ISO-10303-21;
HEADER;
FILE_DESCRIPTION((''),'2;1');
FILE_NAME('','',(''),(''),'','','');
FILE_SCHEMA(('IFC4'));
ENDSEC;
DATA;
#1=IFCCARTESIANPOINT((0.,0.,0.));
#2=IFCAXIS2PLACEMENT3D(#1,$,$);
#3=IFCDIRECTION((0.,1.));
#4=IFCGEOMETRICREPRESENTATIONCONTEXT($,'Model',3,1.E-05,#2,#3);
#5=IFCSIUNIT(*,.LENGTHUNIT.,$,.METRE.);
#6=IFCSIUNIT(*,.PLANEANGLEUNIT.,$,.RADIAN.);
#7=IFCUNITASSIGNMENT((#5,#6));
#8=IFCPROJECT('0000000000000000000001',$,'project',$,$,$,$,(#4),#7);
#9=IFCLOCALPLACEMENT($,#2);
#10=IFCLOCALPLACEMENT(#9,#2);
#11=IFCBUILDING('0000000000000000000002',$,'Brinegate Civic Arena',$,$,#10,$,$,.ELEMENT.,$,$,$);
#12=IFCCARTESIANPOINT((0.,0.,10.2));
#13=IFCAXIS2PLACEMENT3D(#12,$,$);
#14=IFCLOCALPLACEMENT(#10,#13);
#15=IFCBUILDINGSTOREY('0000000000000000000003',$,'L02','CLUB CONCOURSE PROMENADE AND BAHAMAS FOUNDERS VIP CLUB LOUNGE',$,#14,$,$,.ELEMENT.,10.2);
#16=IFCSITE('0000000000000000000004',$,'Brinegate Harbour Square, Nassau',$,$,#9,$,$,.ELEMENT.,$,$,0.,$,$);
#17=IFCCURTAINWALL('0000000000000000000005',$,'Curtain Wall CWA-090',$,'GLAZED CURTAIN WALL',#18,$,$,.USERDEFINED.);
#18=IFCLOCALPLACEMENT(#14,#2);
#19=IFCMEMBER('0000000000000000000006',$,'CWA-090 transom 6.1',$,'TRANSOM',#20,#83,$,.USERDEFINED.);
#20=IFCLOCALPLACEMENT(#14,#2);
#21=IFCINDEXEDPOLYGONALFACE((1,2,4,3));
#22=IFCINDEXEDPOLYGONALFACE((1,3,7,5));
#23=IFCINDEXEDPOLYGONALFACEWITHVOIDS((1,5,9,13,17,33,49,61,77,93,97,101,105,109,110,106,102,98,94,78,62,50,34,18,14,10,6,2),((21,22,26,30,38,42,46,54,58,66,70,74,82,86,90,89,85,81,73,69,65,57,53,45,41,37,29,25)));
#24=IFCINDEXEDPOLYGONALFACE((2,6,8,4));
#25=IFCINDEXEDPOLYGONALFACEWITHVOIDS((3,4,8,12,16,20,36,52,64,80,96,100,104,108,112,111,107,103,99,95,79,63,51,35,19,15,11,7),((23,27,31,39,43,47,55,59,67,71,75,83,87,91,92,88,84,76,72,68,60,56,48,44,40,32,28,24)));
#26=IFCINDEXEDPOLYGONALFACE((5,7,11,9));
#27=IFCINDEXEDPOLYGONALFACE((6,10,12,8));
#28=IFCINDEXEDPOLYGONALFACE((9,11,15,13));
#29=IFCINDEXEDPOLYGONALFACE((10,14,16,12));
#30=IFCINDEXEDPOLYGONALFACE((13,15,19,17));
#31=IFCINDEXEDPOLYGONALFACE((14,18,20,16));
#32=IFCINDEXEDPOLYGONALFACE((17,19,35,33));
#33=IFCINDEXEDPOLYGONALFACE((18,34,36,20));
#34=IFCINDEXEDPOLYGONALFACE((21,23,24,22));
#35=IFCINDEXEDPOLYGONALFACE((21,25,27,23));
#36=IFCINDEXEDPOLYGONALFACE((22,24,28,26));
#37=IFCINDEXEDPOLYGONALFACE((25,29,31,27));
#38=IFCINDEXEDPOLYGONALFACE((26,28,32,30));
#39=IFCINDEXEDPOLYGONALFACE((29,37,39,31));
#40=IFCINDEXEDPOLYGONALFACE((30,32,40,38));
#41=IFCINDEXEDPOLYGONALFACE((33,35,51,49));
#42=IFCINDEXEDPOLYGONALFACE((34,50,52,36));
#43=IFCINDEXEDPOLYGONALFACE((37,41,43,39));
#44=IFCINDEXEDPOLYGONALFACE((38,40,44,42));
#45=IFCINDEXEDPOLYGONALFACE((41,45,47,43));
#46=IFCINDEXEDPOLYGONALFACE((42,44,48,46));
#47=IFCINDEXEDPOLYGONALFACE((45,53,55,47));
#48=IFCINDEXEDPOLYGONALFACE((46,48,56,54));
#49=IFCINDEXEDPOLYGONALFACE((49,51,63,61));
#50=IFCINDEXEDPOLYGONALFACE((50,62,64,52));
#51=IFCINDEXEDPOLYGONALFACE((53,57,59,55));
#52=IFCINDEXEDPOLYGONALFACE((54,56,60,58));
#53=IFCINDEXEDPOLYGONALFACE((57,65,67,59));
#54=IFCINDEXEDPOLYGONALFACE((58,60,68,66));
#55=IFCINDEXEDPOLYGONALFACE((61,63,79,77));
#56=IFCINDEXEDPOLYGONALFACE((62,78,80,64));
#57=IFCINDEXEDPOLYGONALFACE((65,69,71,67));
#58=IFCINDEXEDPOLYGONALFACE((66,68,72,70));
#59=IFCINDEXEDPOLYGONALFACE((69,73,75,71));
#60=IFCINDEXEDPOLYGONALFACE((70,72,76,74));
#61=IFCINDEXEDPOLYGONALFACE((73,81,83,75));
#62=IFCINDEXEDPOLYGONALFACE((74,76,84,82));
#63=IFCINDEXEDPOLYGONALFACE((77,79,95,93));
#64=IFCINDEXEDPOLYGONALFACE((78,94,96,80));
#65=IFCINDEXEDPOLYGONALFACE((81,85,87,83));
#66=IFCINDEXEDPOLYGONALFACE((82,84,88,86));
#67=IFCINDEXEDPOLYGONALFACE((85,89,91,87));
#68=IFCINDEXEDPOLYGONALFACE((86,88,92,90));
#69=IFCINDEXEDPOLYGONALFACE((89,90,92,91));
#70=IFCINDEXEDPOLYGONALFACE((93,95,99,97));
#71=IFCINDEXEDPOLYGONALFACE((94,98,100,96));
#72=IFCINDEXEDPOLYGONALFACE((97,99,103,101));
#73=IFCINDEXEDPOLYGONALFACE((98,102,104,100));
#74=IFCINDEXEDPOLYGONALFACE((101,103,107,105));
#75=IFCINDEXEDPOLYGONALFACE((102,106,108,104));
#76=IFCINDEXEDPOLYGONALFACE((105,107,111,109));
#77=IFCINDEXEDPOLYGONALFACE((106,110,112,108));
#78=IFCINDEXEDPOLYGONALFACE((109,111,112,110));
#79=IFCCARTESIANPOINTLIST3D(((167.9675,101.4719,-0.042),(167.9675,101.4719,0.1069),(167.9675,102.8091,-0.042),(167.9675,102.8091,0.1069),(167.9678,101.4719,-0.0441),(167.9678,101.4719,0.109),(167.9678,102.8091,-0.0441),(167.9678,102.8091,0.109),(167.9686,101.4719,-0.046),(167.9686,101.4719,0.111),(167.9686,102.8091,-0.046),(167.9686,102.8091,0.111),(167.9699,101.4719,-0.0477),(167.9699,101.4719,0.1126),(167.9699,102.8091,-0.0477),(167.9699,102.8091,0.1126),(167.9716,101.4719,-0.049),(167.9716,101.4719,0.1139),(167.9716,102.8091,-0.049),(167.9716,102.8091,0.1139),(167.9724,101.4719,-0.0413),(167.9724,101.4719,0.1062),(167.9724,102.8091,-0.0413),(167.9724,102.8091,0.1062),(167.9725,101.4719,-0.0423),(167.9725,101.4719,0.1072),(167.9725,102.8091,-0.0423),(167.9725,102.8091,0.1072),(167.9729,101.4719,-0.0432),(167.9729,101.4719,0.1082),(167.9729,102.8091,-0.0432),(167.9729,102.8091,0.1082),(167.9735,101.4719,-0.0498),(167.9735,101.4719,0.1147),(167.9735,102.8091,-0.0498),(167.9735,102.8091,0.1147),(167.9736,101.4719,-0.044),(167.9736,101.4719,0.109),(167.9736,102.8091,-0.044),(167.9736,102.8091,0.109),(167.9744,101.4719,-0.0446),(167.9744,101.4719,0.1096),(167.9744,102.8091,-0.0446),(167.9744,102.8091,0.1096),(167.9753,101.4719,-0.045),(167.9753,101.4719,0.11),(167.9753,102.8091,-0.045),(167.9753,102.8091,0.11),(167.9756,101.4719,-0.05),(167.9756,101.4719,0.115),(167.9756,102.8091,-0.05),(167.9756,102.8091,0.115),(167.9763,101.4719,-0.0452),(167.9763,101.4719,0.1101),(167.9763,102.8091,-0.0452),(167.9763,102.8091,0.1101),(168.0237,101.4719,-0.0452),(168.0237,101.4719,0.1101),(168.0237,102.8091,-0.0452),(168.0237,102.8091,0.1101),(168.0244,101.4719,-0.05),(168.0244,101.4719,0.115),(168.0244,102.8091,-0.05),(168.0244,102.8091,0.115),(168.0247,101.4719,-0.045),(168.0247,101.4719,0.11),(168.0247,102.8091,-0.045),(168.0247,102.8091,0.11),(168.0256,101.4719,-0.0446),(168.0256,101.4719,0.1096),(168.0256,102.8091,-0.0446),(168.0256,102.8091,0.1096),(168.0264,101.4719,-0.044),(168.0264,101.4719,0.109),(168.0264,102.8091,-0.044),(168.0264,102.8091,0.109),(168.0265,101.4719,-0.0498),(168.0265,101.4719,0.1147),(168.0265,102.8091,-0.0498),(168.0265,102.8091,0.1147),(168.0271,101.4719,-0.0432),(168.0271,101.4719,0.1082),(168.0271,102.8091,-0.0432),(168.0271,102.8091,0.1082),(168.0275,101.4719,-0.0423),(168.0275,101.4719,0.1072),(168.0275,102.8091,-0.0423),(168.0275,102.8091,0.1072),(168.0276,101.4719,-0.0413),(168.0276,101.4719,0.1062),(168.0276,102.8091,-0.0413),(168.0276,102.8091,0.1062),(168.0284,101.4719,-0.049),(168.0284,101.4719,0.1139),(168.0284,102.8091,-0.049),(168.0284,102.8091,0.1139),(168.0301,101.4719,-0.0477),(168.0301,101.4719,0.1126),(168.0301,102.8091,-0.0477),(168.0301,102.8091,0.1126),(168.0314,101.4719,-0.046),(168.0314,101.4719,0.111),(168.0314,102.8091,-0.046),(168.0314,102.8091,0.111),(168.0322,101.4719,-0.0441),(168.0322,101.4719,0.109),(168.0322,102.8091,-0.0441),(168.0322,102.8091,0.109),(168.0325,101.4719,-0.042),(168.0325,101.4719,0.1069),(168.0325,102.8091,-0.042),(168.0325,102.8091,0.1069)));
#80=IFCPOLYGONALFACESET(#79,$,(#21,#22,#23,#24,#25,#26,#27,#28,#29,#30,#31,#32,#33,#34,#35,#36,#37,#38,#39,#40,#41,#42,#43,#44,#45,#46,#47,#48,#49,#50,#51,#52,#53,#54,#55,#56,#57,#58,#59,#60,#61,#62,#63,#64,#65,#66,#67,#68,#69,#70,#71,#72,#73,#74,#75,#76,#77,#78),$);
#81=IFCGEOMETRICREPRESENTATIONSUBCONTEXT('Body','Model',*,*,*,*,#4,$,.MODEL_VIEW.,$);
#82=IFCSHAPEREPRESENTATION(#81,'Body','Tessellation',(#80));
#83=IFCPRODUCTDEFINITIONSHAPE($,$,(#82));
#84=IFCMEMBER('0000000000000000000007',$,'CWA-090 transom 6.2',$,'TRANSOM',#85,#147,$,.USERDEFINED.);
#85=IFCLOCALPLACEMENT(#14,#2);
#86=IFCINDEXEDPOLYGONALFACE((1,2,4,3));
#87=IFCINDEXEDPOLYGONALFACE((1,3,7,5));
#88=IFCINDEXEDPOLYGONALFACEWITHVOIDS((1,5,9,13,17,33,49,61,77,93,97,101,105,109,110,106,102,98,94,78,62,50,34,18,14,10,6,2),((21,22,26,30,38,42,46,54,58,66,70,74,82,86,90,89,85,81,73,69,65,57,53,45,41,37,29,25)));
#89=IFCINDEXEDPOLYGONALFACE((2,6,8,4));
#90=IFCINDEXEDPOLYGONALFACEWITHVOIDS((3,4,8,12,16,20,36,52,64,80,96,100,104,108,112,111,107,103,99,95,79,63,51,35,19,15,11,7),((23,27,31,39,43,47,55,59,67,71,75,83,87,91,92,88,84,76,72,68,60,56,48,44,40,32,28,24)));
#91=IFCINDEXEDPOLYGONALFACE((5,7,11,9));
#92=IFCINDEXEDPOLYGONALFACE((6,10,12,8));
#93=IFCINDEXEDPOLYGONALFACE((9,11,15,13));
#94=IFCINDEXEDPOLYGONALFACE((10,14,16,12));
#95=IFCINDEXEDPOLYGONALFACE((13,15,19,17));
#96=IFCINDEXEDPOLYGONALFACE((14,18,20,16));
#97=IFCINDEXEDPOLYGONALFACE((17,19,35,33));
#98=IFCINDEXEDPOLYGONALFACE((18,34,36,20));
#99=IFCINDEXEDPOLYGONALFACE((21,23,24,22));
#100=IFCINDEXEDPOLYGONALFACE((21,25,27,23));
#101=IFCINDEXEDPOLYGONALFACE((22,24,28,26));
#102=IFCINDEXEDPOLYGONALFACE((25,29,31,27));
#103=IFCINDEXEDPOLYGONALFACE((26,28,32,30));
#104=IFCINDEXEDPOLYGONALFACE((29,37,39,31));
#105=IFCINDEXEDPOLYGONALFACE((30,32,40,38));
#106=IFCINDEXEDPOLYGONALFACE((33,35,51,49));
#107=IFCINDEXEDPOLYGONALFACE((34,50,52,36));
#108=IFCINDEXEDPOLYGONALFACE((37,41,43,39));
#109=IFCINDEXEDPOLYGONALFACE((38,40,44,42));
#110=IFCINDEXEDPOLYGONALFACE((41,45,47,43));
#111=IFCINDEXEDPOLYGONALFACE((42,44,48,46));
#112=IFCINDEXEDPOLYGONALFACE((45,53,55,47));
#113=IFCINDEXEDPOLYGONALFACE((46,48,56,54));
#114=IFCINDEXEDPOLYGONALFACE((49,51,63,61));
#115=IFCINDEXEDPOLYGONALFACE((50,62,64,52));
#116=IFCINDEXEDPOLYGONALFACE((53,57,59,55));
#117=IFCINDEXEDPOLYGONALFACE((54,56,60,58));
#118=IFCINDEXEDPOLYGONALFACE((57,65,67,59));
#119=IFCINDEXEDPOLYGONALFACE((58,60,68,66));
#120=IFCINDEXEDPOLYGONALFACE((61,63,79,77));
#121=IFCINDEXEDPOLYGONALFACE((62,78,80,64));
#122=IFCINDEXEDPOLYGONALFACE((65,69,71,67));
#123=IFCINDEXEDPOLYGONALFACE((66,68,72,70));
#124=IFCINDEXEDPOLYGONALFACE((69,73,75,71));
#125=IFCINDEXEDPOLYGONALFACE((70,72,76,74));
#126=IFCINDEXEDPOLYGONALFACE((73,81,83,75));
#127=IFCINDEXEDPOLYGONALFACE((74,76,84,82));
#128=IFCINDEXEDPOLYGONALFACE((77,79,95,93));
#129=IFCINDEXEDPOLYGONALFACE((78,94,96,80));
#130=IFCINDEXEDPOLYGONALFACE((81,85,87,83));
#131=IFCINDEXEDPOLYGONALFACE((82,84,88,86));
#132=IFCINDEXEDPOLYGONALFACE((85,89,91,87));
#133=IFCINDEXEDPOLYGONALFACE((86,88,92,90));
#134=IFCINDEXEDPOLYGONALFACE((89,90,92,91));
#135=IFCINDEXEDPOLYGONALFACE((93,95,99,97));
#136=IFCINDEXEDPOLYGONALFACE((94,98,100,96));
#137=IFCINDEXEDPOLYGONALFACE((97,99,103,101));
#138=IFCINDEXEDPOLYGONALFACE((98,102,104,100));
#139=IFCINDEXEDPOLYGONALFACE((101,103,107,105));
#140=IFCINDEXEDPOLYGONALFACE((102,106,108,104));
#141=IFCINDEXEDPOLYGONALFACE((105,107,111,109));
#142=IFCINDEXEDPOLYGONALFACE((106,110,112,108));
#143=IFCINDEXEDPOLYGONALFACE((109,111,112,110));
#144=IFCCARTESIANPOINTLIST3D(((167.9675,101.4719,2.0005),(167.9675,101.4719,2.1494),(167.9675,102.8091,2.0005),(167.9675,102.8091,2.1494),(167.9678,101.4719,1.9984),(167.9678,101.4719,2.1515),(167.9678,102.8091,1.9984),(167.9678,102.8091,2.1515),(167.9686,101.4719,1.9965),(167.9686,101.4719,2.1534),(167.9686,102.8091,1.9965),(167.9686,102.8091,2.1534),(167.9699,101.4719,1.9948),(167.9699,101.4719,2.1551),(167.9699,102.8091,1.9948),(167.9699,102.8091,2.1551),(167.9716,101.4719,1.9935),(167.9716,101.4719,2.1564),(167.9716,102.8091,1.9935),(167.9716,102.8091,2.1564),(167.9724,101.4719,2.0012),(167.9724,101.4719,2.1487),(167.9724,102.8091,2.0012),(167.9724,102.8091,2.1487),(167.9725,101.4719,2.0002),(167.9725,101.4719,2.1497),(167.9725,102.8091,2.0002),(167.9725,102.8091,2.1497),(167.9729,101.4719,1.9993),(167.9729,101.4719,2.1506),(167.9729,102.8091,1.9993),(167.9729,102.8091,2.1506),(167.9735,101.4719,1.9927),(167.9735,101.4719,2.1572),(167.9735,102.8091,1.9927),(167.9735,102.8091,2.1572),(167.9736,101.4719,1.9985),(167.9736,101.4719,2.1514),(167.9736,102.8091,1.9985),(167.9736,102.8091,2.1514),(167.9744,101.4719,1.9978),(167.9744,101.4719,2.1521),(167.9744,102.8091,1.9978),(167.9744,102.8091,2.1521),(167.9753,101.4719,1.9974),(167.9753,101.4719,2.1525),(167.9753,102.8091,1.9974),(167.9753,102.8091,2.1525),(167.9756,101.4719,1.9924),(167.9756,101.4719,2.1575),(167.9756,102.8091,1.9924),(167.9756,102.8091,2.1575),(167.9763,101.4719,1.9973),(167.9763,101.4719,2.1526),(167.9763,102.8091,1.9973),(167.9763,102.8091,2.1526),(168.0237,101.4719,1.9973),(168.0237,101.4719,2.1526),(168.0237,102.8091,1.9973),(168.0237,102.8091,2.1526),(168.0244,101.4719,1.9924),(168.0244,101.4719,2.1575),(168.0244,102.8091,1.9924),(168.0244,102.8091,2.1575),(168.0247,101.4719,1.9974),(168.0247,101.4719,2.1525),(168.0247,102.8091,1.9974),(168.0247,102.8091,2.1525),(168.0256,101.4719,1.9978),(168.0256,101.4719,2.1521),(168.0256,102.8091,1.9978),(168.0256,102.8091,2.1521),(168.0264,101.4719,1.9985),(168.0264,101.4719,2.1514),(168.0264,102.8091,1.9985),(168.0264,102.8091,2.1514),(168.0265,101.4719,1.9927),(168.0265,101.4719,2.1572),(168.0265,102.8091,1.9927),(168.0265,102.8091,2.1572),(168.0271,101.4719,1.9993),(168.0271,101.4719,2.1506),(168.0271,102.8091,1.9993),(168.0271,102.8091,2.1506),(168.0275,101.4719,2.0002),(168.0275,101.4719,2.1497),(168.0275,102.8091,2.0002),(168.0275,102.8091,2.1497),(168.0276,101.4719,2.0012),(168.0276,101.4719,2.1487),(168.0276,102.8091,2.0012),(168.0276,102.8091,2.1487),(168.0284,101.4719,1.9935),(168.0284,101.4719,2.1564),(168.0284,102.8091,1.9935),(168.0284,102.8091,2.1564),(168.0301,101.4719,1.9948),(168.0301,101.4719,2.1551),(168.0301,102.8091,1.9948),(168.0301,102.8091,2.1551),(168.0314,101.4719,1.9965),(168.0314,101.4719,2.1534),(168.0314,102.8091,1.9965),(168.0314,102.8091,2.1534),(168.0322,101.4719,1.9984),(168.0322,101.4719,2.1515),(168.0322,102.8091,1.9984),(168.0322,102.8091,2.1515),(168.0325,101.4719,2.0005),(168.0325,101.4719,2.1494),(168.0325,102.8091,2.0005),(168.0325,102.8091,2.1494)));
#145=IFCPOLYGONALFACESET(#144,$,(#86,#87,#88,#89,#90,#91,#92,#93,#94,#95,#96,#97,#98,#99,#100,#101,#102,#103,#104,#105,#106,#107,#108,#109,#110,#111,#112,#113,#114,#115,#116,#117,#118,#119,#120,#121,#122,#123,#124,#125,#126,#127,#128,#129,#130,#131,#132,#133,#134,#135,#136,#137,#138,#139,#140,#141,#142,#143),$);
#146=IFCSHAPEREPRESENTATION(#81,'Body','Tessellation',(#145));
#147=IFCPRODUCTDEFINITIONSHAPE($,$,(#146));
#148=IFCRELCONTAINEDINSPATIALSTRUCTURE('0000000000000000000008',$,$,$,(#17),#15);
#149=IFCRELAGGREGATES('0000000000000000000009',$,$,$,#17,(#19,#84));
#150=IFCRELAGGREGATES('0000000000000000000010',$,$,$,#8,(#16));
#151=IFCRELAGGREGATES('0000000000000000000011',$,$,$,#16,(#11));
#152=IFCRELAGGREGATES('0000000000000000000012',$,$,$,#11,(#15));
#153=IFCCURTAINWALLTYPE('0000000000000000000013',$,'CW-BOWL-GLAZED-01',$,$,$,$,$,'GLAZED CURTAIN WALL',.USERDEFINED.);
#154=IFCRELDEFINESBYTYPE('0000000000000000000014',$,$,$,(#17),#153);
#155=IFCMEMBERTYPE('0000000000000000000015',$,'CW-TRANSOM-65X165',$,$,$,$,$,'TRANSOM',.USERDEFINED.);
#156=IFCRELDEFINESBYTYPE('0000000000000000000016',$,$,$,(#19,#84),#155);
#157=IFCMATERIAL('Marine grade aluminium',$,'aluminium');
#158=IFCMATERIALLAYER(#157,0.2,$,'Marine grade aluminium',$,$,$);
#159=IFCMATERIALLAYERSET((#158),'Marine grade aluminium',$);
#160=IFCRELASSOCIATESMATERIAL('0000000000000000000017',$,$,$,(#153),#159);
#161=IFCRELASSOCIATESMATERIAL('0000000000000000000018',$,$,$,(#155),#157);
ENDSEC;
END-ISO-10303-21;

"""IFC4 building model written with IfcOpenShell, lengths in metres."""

from ifc_helpers import new_model, si_unit, direction, frame, origin, origin_2d, place, context, subcontext, project, spatial, hollow_rectangle, extrude, material, layer, layer_set, material_profile, profile_set, type_object, element, aggregate, save


model = new_model("IFC4")

# Units and contexts
model_context = context("Model", 3, precision=1e-05, world=origin(), true_north=direction((0.0, 1.0)))
body_context = subcontext(model_context, "Body", "Model", "MODEL_VIEW")
ifc_project = project(units=[si_unit("LENGTHUNIT", "METRE"), si_unit("PLANEANGLEUNIT", "RADIAN")], contexts=[model_context])

# Site, building, storey
site_placement = place(None, origin())
site = spatial("IfcSite", under=ifc_project, at=site_placement, Name="Brinegate Harbour Square, Nassau", CompositionType="ELEMENT", RefElevation=0.0)
building_placement = place(site_placement, origin())
building = spatial("IfcBuilding", under=site, at=building_placement, Name="Brinegate Civic Arena", CompositionType="ELEMENT")
storey_placement = place(building_placement, frame((0.0, 0.0, 10.2)))
storey = spatial("IfcBuildingStorey", under=building, at=storey_placement, Name="L02", Description="CLUB CONCOURSE PROMENADE AND BAHAMAS FOUNDERS VIP CLUB LOUNGE", CompositionType="ELEMENT", Elevation=10.2)

# Shared definitions
ifc_material_1 = material(Name="Marine grade aluminium", Category="aluminium")
ifc_layer_1 = layer(ifc_material_1, 0.2, Name="Marine grade aluminium")
ifc_layer_set_1 = layer_set([ifc_layer_1], Name="Marine grade aluminium")
curtain_wall_type = type_object("IfcCurtainWallType", Name="CW-BOWL-GLAZED-01", ElementType="GLAZED CURTAIN WALL", PredefinedType="USERDEFINED", material=ifc_layer_set_1)

# Curtain wall, members
curtain_wall_1_placement = place(storey_placement, origin())
curtain_wall_1 = element("IfcCurtainWall", 1, at=curtain_wall_1_placement, inside=storey, type_object=curtain_wall_type, Name="Curtain Wall CWA-090", ObjectType="GLAZED CURTAIN WALL", PredefinedType="USERDEFINED")
ifc_material_profile_1 = material_profile(ifc_material_1, hollow_rectangle(XDim=0.0649, YDim=0.165, WallThickness=0.0049, InnerFilletRadius=0.0039, OuterFilletRadius=0.0081, at=origin_2d()), Name="TRN65X165")
ifc_profile_set_1 = profile_set([ifc_material_profile_1], Name="Marine grade aluminium")
member_type_1 = type_object("IfcMemberType", Name="CW-TRANSOM-65X165", ElementType="TRANSOM", PredefinedType="USERDEFINED", material=ifc_profile_set_1)
member_1_placement = place(storey_placement, frame((168.0, 101.4719, 0.0325), z_axis=(0.0, 1.0, 0.0), x_axis=(-1.0, 0.0, 0.0)))
member_1 = element("IfcMember", 2, at=member_1_placement, type_object=member_type_1, Name="CWA-090 transom 6.1", ObjectType="TRANSOM", PredefinedType="USERDEFINED", context=body_context, shape_type="SweptSolid", body=[
    extrude(hollow_rectangle(XDim=0.0649, YDim=0.165, WallThickness=0.0049, InnerFilletRadius=0.0039, OuterFilletRadius=0.0081, at=origin_2d()), origin(), (0.0, 0.0, 1.0), 1.3372),
])
member_2_placement = place(storey_placement, frame((168.0, 101.4719, 2.075), z_axis=(0.0, 1.0, 0.0), x_axis=(-1.0, 0.0, 0.0)))
member_2 = element("IfcMember", 3, at=member_2_placement, type_object=member_type_1, Name="CWA-090 transom 6.2", ObjectType="TRANSOM", PredefinedType="USERDEFINED", context=body_context, shape_type="SweptSolid", body=[
    extrude(hollow_rectangle(XDim=0.0649, YDim=0.165, WallThickness=0.0049, InnerFilletRadius=0.0039, OuterFilletRadius=0.0081, at=origin_2d()), origin(), (0.0, 0.0, 1.0), 1.3372),
])

aggregate(curtain_wall_1, [member_1, member_2])

save(model, "model.ifc")
